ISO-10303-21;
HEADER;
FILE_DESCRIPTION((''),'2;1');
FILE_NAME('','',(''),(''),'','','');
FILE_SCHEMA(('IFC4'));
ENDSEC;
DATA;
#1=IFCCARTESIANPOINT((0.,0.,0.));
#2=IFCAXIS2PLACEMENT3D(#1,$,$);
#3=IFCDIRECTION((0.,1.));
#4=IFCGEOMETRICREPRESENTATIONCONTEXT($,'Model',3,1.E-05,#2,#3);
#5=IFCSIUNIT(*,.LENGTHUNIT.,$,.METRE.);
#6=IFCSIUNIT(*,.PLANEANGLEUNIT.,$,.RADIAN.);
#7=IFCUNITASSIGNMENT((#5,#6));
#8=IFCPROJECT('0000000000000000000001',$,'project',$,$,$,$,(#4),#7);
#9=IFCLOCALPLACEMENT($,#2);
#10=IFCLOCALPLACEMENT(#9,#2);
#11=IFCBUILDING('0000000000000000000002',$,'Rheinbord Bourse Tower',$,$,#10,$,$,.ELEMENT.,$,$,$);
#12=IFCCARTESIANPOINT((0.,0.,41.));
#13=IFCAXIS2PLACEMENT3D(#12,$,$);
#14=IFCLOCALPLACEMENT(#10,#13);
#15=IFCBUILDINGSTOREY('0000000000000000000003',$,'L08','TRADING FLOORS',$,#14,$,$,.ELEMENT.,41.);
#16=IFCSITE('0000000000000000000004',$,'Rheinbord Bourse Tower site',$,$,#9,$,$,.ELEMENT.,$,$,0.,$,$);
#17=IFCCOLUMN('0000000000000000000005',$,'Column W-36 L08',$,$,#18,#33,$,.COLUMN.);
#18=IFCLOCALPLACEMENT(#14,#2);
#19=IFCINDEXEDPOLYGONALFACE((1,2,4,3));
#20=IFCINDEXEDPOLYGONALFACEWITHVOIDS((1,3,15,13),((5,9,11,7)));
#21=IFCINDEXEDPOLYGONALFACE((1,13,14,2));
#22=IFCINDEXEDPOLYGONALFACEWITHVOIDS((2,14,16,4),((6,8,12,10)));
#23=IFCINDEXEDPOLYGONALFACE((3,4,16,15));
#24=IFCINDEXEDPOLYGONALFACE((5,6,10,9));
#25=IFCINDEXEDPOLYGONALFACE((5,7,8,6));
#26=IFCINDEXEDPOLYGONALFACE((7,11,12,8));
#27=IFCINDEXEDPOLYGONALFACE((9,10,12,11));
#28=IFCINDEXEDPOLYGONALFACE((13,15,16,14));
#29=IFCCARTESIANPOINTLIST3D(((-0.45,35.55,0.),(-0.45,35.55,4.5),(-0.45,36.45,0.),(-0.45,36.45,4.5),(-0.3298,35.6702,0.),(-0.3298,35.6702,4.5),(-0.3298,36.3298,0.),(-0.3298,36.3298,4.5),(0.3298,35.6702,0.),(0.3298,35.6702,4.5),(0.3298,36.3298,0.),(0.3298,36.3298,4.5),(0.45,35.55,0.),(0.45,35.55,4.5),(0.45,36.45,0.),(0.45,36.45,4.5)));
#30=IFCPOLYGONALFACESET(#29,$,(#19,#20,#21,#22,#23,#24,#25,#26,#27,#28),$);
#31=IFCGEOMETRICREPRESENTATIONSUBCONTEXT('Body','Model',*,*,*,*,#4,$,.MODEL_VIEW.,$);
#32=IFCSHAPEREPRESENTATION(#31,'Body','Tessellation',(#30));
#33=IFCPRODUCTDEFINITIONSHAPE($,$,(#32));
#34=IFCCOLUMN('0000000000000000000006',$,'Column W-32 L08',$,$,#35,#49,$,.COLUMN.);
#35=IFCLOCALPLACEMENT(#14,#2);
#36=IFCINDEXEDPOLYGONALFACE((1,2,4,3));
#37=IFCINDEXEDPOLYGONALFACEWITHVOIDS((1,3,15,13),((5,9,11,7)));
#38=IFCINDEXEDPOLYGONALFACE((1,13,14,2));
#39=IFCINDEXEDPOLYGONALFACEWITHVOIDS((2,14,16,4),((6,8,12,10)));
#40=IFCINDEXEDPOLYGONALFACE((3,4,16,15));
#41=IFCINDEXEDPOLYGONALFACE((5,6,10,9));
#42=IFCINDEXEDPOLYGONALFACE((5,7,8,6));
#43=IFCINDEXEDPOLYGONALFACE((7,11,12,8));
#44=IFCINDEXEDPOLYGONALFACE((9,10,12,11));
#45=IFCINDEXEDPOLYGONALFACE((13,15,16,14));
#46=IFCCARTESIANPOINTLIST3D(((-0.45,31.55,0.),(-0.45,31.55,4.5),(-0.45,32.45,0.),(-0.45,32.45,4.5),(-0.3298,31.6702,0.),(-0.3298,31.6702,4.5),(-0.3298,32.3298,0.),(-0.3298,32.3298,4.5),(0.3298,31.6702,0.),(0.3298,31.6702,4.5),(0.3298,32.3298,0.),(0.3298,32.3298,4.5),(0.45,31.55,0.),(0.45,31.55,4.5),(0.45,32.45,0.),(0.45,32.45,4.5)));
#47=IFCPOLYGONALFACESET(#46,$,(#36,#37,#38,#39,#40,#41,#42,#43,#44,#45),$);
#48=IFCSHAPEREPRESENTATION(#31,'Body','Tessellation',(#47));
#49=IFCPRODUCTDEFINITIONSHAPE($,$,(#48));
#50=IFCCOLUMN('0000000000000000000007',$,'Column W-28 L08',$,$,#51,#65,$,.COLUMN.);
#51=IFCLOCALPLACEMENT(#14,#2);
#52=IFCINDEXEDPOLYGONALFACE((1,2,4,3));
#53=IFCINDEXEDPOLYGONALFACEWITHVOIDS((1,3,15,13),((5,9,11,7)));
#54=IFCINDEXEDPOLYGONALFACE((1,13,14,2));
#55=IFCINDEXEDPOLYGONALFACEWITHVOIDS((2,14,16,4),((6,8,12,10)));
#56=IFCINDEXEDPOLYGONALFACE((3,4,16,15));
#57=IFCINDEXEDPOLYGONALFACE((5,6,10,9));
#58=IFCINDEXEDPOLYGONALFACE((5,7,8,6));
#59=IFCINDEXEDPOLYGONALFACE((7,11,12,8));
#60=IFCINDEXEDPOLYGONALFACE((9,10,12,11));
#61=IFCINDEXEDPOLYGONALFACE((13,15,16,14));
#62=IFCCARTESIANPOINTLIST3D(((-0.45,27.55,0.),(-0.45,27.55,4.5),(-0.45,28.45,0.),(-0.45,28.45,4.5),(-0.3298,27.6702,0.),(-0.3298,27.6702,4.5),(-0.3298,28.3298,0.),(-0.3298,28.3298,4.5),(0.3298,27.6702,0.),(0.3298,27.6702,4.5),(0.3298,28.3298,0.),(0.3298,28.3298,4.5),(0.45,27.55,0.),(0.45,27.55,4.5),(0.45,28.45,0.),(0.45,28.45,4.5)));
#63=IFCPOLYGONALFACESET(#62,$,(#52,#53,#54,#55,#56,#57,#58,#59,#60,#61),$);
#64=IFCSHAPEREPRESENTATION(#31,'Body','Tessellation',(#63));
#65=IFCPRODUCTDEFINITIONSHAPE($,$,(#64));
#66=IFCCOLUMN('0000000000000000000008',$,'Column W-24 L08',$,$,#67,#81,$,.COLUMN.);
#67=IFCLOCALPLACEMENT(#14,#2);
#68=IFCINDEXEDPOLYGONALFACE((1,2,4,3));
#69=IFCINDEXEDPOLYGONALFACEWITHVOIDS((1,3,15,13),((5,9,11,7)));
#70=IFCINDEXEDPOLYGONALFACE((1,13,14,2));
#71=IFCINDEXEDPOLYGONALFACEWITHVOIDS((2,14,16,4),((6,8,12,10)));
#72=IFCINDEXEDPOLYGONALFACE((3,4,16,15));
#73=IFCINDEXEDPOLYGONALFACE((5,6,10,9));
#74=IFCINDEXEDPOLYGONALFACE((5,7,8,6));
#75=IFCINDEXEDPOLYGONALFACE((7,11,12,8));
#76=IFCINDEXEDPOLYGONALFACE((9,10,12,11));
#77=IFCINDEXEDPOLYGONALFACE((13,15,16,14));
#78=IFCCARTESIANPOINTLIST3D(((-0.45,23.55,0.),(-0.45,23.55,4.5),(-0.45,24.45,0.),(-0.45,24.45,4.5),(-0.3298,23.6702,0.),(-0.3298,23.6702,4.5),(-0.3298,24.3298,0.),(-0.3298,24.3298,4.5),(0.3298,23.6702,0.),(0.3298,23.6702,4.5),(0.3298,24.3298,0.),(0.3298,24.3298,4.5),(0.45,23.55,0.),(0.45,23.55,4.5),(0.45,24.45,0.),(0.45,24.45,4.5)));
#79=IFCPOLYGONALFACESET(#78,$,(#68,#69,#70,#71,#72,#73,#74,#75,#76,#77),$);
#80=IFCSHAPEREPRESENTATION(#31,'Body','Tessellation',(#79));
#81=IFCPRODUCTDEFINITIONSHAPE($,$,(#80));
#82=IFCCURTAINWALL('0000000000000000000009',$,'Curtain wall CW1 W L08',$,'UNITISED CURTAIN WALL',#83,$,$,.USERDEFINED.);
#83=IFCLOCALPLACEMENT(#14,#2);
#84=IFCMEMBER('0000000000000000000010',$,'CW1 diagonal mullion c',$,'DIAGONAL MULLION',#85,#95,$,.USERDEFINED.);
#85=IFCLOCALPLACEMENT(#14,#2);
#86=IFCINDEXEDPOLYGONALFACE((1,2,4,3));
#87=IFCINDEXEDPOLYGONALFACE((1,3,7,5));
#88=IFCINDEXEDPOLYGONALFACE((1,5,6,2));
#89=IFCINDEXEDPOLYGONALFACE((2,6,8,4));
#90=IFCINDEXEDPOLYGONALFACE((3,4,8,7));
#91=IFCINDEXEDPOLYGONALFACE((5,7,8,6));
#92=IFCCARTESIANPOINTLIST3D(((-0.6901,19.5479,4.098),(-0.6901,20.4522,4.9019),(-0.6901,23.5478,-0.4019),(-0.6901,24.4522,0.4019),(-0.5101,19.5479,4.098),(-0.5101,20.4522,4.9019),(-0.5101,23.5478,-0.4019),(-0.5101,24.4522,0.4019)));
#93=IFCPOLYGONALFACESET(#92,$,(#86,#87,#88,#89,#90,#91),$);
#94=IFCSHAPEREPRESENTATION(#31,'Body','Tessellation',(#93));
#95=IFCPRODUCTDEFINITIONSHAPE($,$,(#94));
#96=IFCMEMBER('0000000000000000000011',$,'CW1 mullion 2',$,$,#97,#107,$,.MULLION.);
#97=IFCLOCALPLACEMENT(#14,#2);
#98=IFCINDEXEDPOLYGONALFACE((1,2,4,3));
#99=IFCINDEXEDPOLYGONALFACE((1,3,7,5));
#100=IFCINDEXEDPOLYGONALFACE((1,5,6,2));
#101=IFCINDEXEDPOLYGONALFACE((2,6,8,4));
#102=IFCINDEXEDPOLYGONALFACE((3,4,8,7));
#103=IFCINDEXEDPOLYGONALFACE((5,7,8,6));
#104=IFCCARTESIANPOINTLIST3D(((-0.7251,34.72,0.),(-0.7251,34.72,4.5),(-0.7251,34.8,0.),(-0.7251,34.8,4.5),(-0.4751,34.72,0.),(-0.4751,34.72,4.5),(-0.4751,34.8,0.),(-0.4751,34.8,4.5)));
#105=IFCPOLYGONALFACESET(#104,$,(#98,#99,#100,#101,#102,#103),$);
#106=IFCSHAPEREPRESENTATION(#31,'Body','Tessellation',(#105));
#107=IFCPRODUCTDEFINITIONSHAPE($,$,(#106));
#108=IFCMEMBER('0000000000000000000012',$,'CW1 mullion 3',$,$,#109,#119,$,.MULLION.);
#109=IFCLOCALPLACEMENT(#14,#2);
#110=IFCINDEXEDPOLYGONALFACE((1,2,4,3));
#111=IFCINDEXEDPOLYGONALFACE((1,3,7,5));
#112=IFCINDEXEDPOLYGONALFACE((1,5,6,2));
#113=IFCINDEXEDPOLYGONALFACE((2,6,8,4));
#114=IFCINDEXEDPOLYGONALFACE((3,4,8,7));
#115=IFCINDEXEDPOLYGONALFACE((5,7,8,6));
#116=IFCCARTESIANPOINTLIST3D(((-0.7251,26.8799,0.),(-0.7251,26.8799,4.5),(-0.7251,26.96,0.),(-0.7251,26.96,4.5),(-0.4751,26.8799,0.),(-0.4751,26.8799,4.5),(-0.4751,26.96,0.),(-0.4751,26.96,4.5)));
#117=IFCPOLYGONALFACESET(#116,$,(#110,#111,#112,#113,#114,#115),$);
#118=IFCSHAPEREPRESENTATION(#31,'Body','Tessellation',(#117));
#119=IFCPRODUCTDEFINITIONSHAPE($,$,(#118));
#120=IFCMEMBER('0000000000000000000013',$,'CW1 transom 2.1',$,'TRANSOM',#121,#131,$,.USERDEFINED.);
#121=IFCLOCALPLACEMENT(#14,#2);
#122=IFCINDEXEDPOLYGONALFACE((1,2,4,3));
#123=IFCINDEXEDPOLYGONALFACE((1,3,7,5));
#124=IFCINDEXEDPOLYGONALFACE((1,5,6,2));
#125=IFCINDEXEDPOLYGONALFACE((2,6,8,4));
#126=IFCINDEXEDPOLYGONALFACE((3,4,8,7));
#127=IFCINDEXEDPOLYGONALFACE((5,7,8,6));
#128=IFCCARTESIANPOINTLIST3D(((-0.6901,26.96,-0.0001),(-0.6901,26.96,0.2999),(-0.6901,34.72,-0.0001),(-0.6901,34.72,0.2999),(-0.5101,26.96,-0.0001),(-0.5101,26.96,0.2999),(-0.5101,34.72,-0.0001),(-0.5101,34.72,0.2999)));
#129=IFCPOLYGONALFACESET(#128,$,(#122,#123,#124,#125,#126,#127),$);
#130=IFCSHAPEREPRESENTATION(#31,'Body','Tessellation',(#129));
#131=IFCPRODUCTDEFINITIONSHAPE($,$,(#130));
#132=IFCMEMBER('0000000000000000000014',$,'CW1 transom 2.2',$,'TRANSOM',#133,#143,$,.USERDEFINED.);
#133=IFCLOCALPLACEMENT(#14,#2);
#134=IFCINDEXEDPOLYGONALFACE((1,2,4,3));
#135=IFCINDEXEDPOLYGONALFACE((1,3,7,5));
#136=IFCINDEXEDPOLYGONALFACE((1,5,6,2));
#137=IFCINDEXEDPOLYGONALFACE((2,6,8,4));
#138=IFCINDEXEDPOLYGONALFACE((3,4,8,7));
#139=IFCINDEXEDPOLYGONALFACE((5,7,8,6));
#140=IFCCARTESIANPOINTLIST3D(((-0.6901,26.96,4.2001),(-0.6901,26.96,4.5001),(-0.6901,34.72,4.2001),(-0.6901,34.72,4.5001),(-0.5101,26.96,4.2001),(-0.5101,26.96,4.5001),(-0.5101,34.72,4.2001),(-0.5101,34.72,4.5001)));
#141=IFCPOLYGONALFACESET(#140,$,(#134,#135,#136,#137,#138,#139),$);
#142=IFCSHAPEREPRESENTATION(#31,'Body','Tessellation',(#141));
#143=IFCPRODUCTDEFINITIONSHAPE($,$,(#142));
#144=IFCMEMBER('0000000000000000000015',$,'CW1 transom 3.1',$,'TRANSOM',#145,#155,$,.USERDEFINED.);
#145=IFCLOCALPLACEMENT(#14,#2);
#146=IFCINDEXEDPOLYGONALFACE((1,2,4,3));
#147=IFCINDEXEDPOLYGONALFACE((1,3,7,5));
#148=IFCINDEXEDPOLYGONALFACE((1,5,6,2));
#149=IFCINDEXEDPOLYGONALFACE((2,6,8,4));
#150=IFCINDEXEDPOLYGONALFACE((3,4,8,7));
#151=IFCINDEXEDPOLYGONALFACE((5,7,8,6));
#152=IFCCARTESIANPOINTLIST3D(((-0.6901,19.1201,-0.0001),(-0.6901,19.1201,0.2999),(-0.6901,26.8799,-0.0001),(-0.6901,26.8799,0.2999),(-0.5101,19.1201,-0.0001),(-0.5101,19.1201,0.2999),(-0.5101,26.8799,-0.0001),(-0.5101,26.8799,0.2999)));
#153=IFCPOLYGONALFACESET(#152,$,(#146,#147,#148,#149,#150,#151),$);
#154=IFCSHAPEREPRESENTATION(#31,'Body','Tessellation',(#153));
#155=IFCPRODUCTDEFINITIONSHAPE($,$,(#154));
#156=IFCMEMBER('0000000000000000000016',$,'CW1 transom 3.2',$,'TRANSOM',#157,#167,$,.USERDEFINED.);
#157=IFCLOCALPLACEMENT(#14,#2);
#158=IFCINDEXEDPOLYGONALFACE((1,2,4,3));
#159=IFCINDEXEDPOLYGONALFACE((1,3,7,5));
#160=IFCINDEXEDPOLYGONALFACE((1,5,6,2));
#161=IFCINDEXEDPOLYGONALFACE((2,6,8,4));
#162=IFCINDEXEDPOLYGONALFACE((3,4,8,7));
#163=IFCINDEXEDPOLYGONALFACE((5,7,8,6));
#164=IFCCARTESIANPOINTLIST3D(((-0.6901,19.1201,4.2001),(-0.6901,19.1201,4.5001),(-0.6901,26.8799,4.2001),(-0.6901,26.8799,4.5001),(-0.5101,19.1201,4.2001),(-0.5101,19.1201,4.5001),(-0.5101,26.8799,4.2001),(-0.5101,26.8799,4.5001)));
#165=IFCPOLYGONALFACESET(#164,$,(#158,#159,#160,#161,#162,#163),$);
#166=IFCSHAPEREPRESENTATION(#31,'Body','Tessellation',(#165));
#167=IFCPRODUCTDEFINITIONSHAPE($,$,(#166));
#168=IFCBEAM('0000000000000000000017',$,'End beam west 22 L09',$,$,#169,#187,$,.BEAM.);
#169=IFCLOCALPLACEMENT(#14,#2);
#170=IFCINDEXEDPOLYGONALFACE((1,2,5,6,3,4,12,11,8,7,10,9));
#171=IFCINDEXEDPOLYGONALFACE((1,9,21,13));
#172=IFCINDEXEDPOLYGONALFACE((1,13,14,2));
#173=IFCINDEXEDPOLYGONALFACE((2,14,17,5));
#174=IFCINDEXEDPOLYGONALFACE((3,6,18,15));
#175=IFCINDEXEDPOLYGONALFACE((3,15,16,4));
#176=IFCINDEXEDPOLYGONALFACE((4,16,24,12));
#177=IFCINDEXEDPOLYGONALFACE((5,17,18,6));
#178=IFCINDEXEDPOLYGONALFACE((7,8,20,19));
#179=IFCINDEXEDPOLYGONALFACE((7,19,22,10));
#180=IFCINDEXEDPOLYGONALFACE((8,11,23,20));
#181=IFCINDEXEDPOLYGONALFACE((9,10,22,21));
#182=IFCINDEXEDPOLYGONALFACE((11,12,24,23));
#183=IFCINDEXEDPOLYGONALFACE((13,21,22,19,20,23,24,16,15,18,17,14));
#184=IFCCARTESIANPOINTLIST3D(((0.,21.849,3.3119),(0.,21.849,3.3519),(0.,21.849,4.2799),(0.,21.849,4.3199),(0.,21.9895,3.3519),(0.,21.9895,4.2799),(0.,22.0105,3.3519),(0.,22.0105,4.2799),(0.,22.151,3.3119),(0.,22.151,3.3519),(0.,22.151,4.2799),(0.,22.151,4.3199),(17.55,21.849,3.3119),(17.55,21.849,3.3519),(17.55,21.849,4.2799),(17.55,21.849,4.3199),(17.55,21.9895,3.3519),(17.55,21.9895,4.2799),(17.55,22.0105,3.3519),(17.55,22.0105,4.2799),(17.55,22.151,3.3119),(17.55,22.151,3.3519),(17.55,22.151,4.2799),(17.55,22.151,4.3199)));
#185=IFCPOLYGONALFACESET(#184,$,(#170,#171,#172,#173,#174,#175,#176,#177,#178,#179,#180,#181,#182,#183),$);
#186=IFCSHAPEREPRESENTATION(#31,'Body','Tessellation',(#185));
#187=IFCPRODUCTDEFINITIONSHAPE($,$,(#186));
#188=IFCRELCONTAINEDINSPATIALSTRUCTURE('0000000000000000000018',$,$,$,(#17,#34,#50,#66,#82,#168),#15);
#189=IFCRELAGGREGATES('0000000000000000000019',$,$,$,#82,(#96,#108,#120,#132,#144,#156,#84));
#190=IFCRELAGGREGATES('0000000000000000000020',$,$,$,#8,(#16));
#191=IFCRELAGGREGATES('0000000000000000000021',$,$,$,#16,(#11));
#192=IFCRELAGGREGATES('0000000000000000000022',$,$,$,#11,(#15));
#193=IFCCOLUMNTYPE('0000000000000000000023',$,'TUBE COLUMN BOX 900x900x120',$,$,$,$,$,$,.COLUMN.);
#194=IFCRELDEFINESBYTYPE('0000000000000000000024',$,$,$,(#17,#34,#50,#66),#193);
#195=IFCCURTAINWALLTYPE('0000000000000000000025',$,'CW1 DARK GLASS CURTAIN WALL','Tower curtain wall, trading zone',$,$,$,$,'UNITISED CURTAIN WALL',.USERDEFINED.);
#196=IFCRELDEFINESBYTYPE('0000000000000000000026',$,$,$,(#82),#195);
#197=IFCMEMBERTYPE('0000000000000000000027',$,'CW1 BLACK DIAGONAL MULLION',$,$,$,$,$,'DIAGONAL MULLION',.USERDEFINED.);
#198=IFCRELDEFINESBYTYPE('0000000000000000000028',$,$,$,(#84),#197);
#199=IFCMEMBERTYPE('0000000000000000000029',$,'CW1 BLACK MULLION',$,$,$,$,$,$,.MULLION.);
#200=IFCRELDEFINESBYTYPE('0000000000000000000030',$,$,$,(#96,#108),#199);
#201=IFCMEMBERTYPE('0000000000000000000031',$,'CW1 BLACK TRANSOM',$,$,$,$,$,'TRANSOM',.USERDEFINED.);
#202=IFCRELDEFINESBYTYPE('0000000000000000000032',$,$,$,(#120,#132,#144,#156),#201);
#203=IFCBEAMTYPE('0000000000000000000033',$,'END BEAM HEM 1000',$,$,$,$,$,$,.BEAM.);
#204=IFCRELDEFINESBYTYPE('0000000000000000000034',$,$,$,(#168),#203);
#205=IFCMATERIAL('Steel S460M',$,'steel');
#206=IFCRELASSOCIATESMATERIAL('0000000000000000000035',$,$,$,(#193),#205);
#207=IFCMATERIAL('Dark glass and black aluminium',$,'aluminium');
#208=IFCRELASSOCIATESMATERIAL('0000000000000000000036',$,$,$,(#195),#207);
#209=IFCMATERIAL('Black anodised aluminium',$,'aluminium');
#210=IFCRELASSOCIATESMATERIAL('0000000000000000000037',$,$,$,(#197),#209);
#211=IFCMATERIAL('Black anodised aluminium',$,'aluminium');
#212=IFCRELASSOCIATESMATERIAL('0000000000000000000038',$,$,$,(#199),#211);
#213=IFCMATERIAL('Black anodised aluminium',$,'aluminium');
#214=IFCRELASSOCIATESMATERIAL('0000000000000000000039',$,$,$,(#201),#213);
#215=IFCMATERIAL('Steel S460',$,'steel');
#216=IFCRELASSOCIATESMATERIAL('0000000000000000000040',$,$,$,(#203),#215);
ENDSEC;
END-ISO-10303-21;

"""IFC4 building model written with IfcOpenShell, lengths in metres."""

from ifc_helpers import new_model, si_unit, direction, frame, origin, origin_2d, place, context, subcontext, project, spatial, rectangle, hollow_rectangle, i_section, extrude, material, material_profile, profile_set, type_object, element, aggregate, save


model = new_model("IFC4")

# Units and contexts
model_context = context("Model", 3, precision=1e-05, world=origin(), true_north=direction((0.0, 1.0)))
body_context = subcontext(model_context, "Body", "Model", "MODEL_VIEW")
ifc_project = project(units=[si_unit("LENGTHUNIT", "METRE"), si_unit("PLANEANGLEUNIT", "RADIAN")], contexts=[model_context])

# Site, building, storey
site_placement = place(None, origin())
site = spatial("IfcSite", under=ifc_project, at=site_placement, Name="Rheinbord Bourse Tower site", CompositionType="ELEMENT", RefElevation=0.0)
building_placement = place(site_placement, origin())
building = spatial("IfcBuilding", under=site, at=building_placement, Name="Rheinbord Bourse Tower", CompositionType="ELEMENT")
storey_placement = place(building_placement, frame((0.0, 0.0, 41.0)))
storey = spatial("IfcBuildingStorey", under=building, at=storey_placement, Name="L08", Description="TRADING FLOORS", CompositionType="ELEMENT", Elevation=41.0)

# Columns
ifc_material_1 = material(Name="Steel S460M", Category="steel")
ifc_material_profile_1 = material_profile(ifc_material_1, hollow_rectangle(XDim=0.8999, YDim=0.8999, WallThickness=0.1201, at=origin_2d()), Name="BOX 900x900x120")
ifc_profile_set_1 = profile_set([ifc_material_profile_1], Name="Steel S460M")
column_type = type_object("IfcColumnType", Name="TUBE COLUMN BOX 900x900x120", PredefinedType="COLUMN", material=ifc_profile_set_1)
for number, where, z_axis, x_axis, name in (
    (1, (0.0, 36.0, 0.0), (0.0, 0.0, 1.0), (1.0, 0.0, 0.0), "Column W-36 L08"),
    (2, (0.0, 32.0, 0.0), (0.0, 0.0, 1.0), (1.0, 0.0, 0.0), "Column W-32 L08"),
    (3, (0.0, 28.0, 0.0), (0.0, 0.0, 1.0), (1.0, 0.0, 0.0), "Column W-28 L08"),
    (4, (0.0, 24.0, 0.0), (0.0, 0.0, 1.0), (1.0, 0.0, 0.0), "Column W-24 L08"),
):
    element("IfcColumn", number, at=place(storey_placement, frame(where, z_axis=z_axis, x_axis=x_axis)), inside=storey, type_object=column_type, Name=name, PredefinedType="COLUMN", context=body_context, shape_type="SweptSolid", body=[
        extrude(hollow_rectangle(XDim=0.8999, YDim=0.8999, WallThickness=0.1201, at=origin_2d()), origin(), (0.0, 0.0, 1.0), 4.5),
    ])

# Curtain wall, members
ifc_material_2 = material(Name="Dark glass and black aluminium", Category="aluminium")
curtain_wall_type = type_object("IfcCurtainWallType", Name="CW1 DARK GLASS CURTAIN WALL", Description="Tower curtain wall, trading zone", ElementType="UNITISED CURTAIN WALL", PredefinedType="USERDEFINED", material=ifc_material_2)
curtain_wall_placement = place(storey_placement, origin())
curtain_wall = element("IfcCurtainWall", 5, at=curtain_wall_placement, inside=storey, type_object=curtain_wall_type, Name="Curtain wall CW1 W L08", ObjectType="UNITISED CURTAIN WALL", PredefinedType="USERDEFINED")
ifc_material_3 = material(Name="Black anodised aluminium", Category="aluminium")
ifc_material_profile_2 = material_profile(ifc_material_3, rectangle(XDim=0.1799, YDim=1.21, at=origin_2d()), Name="CW1 DIAGONAL MULLION 1210x180")
ifc_profile_set_2 = profile_set([ifc_material_profile_2], Name="Black anodised aluminium")
member_type_1 = type_object("IfcMemberType", Name="CW1 BLACK DIAGONAL MULLION", ElementType="DIAGONAL MULLION", PredefinedType="USERDEFINED", material=ifc_profile_set_2)
member_1_placement = place(storey_placement, frame((-0.6001, 24.0, 0.0), z_axis=(0.0, -0.664364, 0.747409), x_axis=(1.0, 0.0, 0.0)))
member_1 = element("IfcMember", 6, at=member_1_placement, type_object=member_type_1, Name="CW1 diagonal mullion c", ObjectType="DIAGONAL MULLION", PredefinedType="USERDEFINED", context=body_context, shape_type="SweptSolid", body=[
    extrude(rectangle(XDim=0.1799, YDim=1.21, at=origin_2d()), origin(), (0.0, 0.0, 1.0), 6.0208),
])
ifc_material_4 = material(Name="Black anodised aluminium", Category="aluminium")
ifc_material_profile_3 = material_profile(ifc_material_4, rectangle(XDim=0.25, YDim=0.0801, at=origin_2d()), Name="CW1 MULLION 80x250")
ifc_profile_set_3 = profile_set([ifc_material_profile_3], Name="Black anodised aluminium")
member_type_2 = type_object("IfcMemberType", Name="CW1 BLACK MULLION", PredefinedType="MULLION", material=ifc_profile_set_3)
member_2_placement = place(storey_placement, frame((-0.6001, 34.76, 0.0), z_axis=(0.0, 0.0, 1.0), x_axis=(1.0, 0.0, 0.0)))
member_2 = element("IfcMember", 7, at=member_2_placement, type_object=member_type_2, Name="CW1 mullion 2", PredefinedType="MULLION", context=body_context, shape_type="SweptSolid", body=[
    extrude(rectangle(XDim=0.25, YDim=0.0801, at=origin_2d()), origin(), (0.0, 0.0, 1.0), 4.5),
])
member_3_placement = place(storey_placement, frame((-0.6001, 26.9199, 0.0), z_axis=(0.0, 0.0, 1.0), x_axis=(1.0, 0.0, 0.0)))
member_3 = element("IfcMember", 8, at=member_3_placement, type_object=member_type_2, Name="CW1 mullion 3", PredefinedType="MULLION", context=body_context, shape_type="SweptSolid", body=[
    extrude(rectangle(XDim=0.25, YDim=0.0801, at=origin_2d()), origin(), (0.0, 0.0, 1.0), 4.5),
])
ifc_material_5 = material(Name="Black anodised aluminium", Category="aluminium")
ifc_material_profile_4 = material_profile(ifc_material_5, rectangle(XDim=0.1799, YDim=0.3, at=origin_2d()), Name="CW1 TRANSOM 300x180")
ifc_profile_set_4 = profile_set([ifc_material_profile_4], Name="Black anodised aluminium")
member_type_3 = type_object("IfcMemberType", Name="CW1 BLACK TRANSOM", ElementType="TRANSOM", PredefinedType="USERDEFINED", material=ifc_profile_set_4)
member_4_placement = place(storey_placement, frame((-0.6001, 34.72, 0.1499), z_axis=(0.0, -1.0, 0.0), x_axis=(1.0, 0.0, 0.0)))
member_4 = element("IfcMember", 9, at=member_4_placement, type_object=member_type_3, Name="CW1 transom 2.1", ObjectType="TRANSOM", PredefinedType="USERDEFINED", context=body_context, shape_type="SweptSolid", body=[
    extrude(rectangle(XDim=0.1799, YDim=0.3, at=origin_2d()), origin(), (0.0, 0.0, 1.0), 7.76),
])
member_5_placement = place(storey_placement, frame((-0.6001, 34.72, 4.3501), z_axis=(0.0, -1.0, 0.0), x_axis=(1.0, 0.0, 0.0)))
member_5 = element("IfcMember", 10, at=member_5_placement, type_object=member_type_3, Name="CW1 transom 2.2", ObjectType="TRANSOM", PredefinedType="USERDEFINED", context=body_context, shape_type="SweptSolid", body=[
    extrude(rectangle(XDim=0.1799, YDim=0.3, at=origin_2d()), origin(), (0.0, 0.0, 1.0), 7.76),
])
member_6_placement = place(storey_placement, frame((-0.6001, 26.8799, 0.1499), z_axis=(0.0, -1.0, 0.0), x_axis=(1.0, 0.0, 0.0)))
member_6 = element("IfcMember", 11, at=member_6_placement, type_object=member_type_3, Name="CW1 transom 3.1", ObjectType="TRANSOM", PredefinedType="USERDEFINED", context=body_context, shape_type="SweptSolid", body=[
    extrude(rectangle(XDim=0.1799, YDim=0.3, at=origin_2d()), origin(), (0.0, 0.0, 1.0), 7.7598),
])
member_7_placement = place(storey_placement, frame((-0.6001, 26.8799, 4.3501), z_axis=(0.0, -1.0, 0.0), x_axis=(1.0, 0.0, 0.0)))
member_7 = element("IfcMember", 12, at=member_7_placement, type_object=member_type_3, Name="CW1 transom 3.2", ObjectType="TRANSOM", PredefinedType="USERDEFINED", context=body_context, shape_type="SweptSolid", body=[
    extrude(rectangle(XDim=0.1799, YDim=0.3, at=origin_2d()), origin(), (0.0, 0.0, 1.0), 7.7598),
])

# Beam
ifc_material_6 = material(Name="Steel S460", Category="steel")
ifc_material_profile_5 = material_profile(ifc_material_6, i_section(OverallWidth=0.302, OverallDepth=1.0081, WebThickness=0.021, FlangeThickness=0.04, at=origin_2d()), Name="HEM 1000")
ifc_profile_set_5 = profile_set([ifc_material_profile_5], Name="Steel S460")
beam_type_1 = type_object("IfcBeamType", Name="END BEAM HEM 1000", PredefinedType="BEAM", material=ifc_profile_set_5)
for number, where, z_axis, x_axis, name in (
    (13, (0.0, 22.0, 3.8159), (1.0, 0.0, 0.0), (0.0, 1.0, 0.0), "End beam west 22 L09"),
):
    element("IfcBeam", number, at=place(storey_placement, frame(where, z_axis=z_axis, x_axis=x_axis)), inside=storey, type_object=beam_type_1, Name=name, PredefinedType="BEAM", context=body_context, shape_type="SweptSolid", body=[
        extrude(i_section(OverallWidth=0.302, OverallDepth=1.0081, WebThickness=0.021, FlangeThickness=0.04, at=origin_2d()), origin(), (0.0, 0.0, 1.0), 17.55),
    ])

aggregate(curtain_wall, [member_2, member_3, member_4, member_5, member_6, member_7, member_1])

save(model, "model.ifc")
